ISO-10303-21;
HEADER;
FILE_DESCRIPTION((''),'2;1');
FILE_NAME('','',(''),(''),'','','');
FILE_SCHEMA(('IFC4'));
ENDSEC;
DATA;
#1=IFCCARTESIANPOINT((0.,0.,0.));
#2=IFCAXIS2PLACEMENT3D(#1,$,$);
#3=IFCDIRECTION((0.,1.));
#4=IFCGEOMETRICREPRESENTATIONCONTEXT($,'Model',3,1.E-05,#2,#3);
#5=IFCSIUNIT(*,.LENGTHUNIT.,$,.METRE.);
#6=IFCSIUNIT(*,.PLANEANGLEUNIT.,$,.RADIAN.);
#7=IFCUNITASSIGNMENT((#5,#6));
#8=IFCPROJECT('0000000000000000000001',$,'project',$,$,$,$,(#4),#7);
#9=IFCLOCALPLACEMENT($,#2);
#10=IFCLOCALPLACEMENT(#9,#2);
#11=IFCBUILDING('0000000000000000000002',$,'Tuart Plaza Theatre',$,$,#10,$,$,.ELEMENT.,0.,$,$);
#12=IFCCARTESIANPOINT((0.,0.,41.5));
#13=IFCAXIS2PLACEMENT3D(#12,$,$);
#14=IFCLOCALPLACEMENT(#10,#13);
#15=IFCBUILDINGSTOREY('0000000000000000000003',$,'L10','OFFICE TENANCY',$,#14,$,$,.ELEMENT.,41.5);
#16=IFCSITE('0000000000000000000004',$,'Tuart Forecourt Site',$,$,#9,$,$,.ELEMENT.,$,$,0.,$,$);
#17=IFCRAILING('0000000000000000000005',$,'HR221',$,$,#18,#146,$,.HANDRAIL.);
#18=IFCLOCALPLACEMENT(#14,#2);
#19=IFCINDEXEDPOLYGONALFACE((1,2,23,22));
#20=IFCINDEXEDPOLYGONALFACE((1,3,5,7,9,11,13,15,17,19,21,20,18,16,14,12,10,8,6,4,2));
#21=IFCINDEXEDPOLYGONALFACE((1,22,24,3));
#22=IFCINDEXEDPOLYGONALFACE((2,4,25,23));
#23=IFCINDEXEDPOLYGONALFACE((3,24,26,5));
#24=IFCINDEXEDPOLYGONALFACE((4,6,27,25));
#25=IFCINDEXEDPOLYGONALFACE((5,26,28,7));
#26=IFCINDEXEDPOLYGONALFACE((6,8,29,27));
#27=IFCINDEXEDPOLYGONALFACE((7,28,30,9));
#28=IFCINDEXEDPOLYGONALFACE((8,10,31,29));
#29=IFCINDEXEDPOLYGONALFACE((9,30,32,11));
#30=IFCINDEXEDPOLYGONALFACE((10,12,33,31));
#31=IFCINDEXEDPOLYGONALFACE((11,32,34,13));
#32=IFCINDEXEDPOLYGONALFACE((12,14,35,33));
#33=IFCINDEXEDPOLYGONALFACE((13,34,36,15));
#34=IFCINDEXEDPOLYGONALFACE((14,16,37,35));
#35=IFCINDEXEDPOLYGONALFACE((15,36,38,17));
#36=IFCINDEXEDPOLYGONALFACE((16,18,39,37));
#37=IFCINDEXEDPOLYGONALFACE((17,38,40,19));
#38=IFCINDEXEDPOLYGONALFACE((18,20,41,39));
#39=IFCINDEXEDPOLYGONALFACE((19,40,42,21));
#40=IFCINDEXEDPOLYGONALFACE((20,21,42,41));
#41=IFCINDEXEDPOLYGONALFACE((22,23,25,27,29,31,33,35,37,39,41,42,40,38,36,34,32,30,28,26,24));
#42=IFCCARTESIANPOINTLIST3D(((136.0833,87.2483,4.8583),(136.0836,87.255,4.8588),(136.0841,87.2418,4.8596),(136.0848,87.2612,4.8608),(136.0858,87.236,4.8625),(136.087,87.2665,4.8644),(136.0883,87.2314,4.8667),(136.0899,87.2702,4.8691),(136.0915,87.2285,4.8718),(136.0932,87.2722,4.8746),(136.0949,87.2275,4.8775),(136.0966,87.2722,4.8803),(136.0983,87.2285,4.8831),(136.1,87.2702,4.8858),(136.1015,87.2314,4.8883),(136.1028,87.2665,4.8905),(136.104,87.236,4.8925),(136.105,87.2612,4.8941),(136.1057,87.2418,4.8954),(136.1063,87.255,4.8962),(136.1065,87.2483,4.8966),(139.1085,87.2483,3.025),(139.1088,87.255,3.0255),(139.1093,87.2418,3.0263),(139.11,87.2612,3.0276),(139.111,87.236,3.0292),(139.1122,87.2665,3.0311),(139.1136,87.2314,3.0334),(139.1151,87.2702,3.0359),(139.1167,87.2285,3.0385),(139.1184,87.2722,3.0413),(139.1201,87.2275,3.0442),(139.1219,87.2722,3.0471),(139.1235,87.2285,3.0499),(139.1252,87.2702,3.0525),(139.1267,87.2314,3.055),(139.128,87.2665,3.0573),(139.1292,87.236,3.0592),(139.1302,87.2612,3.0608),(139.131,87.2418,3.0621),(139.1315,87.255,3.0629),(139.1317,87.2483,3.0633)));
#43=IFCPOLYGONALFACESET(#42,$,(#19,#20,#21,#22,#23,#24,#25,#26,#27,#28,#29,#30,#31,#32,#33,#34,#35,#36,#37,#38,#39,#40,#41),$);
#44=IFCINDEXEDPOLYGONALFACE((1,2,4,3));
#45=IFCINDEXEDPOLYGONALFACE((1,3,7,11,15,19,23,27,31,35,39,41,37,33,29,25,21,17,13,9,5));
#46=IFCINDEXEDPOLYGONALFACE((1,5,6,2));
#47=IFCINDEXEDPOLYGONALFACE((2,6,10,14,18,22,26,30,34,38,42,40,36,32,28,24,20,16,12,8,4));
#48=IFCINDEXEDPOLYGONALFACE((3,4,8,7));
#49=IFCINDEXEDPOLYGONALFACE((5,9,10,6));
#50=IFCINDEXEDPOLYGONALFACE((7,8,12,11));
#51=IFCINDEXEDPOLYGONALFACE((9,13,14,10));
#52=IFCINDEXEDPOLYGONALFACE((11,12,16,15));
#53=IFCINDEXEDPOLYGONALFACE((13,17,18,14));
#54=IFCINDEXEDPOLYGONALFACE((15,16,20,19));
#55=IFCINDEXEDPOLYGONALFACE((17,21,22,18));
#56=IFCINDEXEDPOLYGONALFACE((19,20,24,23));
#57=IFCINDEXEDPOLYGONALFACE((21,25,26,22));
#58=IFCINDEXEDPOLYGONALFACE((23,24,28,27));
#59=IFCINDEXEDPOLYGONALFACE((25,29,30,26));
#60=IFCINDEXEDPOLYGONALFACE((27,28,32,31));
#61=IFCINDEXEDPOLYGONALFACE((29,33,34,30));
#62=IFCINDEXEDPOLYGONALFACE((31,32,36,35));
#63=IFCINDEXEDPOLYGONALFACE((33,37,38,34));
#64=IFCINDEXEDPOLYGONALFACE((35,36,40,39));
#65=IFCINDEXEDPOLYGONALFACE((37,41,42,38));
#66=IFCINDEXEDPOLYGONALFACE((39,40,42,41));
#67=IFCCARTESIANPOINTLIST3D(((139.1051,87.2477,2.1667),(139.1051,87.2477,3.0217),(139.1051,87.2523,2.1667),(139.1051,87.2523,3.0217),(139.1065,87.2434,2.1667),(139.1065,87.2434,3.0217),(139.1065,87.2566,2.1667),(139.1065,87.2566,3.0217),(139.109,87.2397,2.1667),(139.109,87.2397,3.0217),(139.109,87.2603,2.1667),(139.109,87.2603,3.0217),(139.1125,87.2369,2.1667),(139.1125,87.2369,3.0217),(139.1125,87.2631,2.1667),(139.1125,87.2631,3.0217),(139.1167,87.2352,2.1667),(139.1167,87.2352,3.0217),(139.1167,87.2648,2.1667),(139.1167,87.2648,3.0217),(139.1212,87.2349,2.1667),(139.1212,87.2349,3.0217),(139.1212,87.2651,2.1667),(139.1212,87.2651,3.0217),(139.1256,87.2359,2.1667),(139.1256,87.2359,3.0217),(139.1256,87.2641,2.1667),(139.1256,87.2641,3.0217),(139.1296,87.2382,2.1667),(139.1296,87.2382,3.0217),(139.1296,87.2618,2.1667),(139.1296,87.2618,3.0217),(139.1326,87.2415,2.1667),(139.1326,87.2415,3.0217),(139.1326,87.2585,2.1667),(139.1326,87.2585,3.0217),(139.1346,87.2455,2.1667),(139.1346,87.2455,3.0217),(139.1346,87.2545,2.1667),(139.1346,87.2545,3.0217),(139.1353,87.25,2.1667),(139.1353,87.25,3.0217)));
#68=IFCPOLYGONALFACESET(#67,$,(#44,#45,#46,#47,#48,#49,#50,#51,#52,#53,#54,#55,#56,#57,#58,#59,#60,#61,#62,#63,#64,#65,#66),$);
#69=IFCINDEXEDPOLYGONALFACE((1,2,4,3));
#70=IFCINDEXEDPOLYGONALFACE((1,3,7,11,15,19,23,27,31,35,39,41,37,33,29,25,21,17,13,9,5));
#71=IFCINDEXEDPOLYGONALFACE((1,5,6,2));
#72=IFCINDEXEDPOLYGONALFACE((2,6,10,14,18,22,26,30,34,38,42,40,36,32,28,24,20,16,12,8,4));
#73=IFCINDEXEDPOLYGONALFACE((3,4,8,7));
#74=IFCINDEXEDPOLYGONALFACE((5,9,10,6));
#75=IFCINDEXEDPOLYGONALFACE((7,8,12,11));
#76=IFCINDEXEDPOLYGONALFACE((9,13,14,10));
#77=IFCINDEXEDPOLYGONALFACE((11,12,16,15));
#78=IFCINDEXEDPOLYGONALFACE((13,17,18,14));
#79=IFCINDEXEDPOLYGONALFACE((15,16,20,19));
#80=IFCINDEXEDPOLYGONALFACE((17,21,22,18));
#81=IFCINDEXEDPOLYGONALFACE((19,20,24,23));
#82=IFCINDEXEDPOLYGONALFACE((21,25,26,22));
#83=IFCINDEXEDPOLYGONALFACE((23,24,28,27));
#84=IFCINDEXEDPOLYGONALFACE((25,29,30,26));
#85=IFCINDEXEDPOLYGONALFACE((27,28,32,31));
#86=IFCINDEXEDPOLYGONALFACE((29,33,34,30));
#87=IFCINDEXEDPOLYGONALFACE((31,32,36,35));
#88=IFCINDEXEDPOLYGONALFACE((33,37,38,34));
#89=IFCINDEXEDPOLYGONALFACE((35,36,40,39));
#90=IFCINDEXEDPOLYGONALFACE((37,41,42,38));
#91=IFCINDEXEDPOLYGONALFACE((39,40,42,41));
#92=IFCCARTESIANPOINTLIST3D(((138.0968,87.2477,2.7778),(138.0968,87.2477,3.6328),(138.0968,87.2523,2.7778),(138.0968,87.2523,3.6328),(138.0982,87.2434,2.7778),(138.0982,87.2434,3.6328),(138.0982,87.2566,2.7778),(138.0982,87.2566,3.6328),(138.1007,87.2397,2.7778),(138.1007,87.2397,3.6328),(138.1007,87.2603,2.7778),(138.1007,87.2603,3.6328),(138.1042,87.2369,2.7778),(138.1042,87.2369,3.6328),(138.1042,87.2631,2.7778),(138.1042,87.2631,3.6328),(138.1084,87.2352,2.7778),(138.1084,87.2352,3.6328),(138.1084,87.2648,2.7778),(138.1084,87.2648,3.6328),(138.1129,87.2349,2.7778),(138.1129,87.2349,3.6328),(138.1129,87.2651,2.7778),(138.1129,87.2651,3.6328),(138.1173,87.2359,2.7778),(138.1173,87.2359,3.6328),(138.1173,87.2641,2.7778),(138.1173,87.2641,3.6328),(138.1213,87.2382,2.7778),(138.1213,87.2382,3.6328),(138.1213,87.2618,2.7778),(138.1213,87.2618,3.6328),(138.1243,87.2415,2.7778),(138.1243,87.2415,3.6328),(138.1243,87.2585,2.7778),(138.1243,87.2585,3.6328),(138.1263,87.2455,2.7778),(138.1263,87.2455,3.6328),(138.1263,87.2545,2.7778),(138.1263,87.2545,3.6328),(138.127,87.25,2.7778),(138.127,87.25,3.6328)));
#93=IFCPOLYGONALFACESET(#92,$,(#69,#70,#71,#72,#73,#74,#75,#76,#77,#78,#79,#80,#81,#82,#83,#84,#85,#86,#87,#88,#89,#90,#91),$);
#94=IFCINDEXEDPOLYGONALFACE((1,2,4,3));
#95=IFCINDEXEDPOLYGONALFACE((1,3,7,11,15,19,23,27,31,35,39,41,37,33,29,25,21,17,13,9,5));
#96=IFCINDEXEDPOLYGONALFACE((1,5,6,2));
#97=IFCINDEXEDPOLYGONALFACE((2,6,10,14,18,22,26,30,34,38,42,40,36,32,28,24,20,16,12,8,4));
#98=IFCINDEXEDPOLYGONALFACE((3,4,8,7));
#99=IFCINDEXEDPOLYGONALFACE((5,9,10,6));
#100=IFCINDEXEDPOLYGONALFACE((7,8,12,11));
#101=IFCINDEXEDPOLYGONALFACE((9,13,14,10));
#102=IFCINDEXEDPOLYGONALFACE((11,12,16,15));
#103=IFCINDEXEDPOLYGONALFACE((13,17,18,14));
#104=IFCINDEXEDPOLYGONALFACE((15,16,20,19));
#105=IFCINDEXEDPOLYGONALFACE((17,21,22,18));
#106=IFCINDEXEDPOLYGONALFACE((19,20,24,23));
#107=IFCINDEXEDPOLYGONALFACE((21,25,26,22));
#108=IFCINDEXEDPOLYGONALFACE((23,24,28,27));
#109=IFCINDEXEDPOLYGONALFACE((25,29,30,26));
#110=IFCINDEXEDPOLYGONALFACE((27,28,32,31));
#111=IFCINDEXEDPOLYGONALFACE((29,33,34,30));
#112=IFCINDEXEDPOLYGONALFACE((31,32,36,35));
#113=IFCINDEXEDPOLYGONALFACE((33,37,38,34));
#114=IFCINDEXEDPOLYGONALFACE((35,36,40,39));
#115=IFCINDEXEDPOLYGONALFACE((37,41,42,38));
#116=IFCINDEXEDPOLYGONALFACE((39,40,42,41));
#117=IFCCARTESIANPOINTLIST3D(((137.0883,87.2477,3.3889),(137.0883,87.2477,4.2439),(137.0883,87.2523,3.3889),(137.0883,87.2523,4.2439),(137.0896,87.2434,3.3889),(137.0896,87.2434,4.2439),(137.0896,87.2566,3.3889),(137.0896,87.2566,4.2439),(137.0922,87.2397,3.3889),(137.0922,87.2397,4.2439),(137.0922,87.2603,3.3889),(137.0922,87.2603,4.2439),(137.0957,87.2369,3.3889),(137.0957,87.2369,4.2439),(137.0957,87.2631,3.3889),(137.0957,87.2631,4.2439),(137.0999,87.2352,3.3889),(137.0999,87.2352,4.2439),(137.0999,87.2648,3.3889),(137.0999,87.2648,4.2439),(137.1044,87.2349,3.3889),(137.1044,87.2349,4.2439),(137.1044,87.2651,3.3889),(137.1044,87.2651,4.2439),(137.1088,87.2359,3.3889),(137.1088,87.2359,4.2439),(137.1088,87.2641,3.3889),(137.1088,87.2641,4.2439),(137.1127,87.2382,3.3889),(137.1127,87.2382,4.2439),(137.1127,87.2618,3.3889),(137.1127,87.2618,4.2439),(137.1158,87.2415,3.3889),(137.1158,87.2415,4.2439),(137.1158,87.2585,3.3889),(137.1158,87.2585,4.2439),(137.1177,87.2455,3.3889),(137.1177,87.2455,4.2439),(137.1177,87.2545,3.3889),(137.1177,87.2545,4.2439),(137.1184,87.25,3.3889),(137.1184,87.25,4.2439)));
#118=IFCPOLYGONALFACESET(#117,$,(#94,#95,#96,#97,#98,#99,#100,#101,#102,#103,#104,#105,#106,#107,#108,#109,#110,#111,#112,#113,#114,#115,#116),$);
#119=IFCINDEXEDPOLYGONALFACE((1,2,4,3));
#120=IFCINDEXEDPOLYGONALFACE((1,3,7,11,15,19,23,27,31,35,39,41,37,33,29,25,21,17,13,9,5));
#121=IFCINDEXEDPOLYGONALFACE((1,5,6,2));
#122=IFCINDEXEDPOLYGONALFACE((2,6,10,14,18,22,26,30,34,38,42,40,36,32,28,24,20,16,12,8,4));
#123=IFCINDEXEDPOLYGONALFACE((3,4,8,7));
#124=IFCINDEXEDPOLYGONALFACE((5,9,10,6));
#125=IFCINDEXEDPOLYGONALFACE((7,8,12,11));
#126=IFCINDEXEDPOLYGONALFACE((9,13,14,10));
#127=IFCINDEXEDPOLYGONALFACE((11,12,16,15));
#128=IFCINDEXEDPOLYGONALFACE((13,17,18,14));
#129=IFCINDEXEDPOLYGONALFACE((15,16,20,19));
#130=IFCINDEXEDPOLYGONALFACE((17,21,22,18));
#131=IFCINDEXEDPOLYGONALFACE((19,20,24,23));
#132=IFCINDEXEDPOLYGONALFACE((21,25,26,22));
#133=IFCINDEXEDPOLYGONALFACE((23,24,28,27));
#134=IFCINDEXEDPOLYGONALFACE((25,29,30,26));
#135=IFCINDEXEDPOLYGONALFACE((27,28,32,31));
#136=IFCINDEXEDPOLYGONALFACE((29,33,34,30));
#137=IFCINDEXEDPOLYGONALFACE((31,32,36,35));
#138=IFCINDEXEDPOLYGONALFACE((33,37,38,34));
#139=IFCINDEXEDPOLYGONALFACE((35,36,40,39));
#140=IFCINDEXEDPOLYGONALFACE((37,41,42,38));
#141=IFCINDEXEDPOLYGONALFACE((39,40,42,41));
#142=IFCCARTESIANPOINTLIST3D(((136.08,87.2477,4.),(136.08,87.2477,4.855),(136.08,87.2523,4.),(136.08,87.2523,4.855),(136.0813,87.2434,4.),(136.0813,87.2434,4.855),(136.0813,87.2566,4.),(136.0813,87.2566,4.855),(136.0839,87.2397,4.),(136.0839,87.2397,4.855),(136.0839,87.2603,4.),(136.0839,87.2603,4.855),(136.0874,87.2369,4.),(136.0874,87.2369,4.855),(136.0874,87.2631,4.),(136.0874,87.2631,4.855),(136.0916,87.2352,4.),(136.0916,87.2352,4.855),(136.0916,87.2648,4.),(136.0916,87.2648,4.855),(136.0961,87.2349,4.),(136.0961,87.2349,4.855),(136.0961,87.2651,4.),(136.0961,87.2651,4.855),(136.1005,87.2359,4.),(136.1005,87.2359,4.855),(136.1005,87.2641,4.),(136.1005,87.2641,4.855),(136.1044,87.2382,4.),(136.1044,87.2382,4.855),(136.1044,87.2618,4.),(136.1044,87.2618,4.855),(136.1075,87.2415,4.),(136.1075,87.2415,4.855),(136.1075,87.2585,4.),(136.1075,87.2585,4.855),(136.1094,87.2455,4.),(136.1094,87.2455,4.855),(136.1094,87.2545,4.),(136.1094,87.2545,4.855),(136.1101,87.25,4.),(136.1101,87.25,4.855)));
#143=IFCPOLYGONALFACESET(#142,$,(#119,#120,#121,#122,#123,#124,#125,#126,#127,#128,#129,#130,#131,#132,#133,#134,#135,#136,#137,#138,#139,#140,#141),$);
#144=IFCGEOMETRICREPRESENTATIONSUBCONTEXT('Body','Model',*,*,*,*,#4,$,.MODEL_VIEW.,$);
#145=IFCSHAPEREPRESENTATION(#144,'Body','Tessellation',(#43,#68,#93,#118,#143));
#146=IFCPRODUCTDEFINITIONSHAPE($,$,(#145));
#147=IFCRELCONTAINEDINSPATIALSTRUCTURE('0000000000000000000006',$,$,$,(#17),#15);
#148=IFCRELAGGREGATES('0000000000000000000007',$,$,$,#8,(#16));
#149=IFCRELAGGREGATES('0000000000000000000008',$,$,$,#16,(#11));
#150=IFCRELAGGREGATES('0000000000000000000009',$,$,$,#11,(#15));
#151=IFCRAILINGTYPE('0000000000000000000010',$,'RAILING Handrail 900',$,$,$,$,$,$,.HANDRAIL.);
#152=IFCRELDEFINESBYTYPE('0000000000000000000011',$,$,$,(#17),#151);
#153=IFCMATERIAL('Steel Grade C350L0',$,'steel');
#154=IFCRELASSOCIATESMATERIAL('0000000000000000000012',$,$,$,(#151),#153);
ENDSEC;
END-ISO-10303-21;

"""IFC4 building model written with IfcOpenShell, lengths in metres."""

from ifc_helpers import new_model, si_unit, direction, frame, origin, origin_2d, place, context, subcontext, project, spatial, circle, extrude, material, type_object, element, save


model = new_model("IFC4")

# Units and contexts
model_context = context("Model", 3, precision=1e-05, world=origin(), true_north=direction((0.0, 1.0)))
body_context = subcontext(model_context, "Body", "Model", "MODEL_VIEW")
ifc_project = project(units=[si_unit("LENGTHUNIT", "METRE"), si_unit("PLANEANGLEUNIT", "RADIAN")], contexts=[model_context])

# Site, building, storey
site_placement = place(None, origin())
site = spatial("IfcSite", under=ifc_project, at=site_placement, Name="Tuart Forecourt Site", CompositionType="ELEMENT", RefElevation=0.0)
building_placement = place(site_placement, origin())
building = spatial("IfcBuilding", under=site, at=building_placement, Name="Tuart Plaza Theatre", CompositionType="ELEMENT", ElevationOfRefHeight=0.0)
storey_placement = place(building_placement, frame((0.0, 0.0, 41.5)))
storey = spatial("IfcBuildingStorey", under=building, at=storey_placement, Name="L10", Description="OFFICE TENANCY", CompositionType="ELEMENT", Elevation=41.5)

# Railing
ifc_material_1 = material(Name="Steel Grade C350L0", Category="steel")
railing_type_1 = type_object("IfcRailingType", Name="RAILING Handrail 900", PredefinedType="HANDRAIL", material=ifc_material_1)
railing_1_placement = place(storey_placement, frame((139.1201, 87.25, 2.1667)))
element("IfcRailing", 1, at=railing_1_placement, inside=storey, type_object=railing_type_1, Name="HR221", PredefinedType="HANDRAIL", context=body_context, shape_type="SweptSolid", body=[
    extrude(circle(Radius=0.0225, at=origin_2d()), frame((0.0, 0.0, 0.8774), z_axis=(-0.855219, 0.0, 0.518267), x_axis=(0.0, -1.0, 0.0)), (0.0, 0.0, 1.0), 3.5374),
    extrude(circle(Radius=0.0151, at=origin_2d()), origin(), (0.0, 0.0, 1.0), 0.855),
    extrude(circle(Radius=0.0151, at=origin_2d()), frame((-1.0083, 0.0, 0.6111)), (0.0, 0.0, 1.0), 0.855),
    extrude(circle(Radius=0.0151, at=origin_2d()), frame((-2.0168, 0.0, 1.2222)), (0.0, 0.0, 1.0), 0.855),
    extrude(circle(Radius=0.0151, at=origin_2d()), frame((-3.0251, 0.0, 1.8333)), (0.0, 0.0, 1.0), 0.855),
])

save(model, "model.ifc")
